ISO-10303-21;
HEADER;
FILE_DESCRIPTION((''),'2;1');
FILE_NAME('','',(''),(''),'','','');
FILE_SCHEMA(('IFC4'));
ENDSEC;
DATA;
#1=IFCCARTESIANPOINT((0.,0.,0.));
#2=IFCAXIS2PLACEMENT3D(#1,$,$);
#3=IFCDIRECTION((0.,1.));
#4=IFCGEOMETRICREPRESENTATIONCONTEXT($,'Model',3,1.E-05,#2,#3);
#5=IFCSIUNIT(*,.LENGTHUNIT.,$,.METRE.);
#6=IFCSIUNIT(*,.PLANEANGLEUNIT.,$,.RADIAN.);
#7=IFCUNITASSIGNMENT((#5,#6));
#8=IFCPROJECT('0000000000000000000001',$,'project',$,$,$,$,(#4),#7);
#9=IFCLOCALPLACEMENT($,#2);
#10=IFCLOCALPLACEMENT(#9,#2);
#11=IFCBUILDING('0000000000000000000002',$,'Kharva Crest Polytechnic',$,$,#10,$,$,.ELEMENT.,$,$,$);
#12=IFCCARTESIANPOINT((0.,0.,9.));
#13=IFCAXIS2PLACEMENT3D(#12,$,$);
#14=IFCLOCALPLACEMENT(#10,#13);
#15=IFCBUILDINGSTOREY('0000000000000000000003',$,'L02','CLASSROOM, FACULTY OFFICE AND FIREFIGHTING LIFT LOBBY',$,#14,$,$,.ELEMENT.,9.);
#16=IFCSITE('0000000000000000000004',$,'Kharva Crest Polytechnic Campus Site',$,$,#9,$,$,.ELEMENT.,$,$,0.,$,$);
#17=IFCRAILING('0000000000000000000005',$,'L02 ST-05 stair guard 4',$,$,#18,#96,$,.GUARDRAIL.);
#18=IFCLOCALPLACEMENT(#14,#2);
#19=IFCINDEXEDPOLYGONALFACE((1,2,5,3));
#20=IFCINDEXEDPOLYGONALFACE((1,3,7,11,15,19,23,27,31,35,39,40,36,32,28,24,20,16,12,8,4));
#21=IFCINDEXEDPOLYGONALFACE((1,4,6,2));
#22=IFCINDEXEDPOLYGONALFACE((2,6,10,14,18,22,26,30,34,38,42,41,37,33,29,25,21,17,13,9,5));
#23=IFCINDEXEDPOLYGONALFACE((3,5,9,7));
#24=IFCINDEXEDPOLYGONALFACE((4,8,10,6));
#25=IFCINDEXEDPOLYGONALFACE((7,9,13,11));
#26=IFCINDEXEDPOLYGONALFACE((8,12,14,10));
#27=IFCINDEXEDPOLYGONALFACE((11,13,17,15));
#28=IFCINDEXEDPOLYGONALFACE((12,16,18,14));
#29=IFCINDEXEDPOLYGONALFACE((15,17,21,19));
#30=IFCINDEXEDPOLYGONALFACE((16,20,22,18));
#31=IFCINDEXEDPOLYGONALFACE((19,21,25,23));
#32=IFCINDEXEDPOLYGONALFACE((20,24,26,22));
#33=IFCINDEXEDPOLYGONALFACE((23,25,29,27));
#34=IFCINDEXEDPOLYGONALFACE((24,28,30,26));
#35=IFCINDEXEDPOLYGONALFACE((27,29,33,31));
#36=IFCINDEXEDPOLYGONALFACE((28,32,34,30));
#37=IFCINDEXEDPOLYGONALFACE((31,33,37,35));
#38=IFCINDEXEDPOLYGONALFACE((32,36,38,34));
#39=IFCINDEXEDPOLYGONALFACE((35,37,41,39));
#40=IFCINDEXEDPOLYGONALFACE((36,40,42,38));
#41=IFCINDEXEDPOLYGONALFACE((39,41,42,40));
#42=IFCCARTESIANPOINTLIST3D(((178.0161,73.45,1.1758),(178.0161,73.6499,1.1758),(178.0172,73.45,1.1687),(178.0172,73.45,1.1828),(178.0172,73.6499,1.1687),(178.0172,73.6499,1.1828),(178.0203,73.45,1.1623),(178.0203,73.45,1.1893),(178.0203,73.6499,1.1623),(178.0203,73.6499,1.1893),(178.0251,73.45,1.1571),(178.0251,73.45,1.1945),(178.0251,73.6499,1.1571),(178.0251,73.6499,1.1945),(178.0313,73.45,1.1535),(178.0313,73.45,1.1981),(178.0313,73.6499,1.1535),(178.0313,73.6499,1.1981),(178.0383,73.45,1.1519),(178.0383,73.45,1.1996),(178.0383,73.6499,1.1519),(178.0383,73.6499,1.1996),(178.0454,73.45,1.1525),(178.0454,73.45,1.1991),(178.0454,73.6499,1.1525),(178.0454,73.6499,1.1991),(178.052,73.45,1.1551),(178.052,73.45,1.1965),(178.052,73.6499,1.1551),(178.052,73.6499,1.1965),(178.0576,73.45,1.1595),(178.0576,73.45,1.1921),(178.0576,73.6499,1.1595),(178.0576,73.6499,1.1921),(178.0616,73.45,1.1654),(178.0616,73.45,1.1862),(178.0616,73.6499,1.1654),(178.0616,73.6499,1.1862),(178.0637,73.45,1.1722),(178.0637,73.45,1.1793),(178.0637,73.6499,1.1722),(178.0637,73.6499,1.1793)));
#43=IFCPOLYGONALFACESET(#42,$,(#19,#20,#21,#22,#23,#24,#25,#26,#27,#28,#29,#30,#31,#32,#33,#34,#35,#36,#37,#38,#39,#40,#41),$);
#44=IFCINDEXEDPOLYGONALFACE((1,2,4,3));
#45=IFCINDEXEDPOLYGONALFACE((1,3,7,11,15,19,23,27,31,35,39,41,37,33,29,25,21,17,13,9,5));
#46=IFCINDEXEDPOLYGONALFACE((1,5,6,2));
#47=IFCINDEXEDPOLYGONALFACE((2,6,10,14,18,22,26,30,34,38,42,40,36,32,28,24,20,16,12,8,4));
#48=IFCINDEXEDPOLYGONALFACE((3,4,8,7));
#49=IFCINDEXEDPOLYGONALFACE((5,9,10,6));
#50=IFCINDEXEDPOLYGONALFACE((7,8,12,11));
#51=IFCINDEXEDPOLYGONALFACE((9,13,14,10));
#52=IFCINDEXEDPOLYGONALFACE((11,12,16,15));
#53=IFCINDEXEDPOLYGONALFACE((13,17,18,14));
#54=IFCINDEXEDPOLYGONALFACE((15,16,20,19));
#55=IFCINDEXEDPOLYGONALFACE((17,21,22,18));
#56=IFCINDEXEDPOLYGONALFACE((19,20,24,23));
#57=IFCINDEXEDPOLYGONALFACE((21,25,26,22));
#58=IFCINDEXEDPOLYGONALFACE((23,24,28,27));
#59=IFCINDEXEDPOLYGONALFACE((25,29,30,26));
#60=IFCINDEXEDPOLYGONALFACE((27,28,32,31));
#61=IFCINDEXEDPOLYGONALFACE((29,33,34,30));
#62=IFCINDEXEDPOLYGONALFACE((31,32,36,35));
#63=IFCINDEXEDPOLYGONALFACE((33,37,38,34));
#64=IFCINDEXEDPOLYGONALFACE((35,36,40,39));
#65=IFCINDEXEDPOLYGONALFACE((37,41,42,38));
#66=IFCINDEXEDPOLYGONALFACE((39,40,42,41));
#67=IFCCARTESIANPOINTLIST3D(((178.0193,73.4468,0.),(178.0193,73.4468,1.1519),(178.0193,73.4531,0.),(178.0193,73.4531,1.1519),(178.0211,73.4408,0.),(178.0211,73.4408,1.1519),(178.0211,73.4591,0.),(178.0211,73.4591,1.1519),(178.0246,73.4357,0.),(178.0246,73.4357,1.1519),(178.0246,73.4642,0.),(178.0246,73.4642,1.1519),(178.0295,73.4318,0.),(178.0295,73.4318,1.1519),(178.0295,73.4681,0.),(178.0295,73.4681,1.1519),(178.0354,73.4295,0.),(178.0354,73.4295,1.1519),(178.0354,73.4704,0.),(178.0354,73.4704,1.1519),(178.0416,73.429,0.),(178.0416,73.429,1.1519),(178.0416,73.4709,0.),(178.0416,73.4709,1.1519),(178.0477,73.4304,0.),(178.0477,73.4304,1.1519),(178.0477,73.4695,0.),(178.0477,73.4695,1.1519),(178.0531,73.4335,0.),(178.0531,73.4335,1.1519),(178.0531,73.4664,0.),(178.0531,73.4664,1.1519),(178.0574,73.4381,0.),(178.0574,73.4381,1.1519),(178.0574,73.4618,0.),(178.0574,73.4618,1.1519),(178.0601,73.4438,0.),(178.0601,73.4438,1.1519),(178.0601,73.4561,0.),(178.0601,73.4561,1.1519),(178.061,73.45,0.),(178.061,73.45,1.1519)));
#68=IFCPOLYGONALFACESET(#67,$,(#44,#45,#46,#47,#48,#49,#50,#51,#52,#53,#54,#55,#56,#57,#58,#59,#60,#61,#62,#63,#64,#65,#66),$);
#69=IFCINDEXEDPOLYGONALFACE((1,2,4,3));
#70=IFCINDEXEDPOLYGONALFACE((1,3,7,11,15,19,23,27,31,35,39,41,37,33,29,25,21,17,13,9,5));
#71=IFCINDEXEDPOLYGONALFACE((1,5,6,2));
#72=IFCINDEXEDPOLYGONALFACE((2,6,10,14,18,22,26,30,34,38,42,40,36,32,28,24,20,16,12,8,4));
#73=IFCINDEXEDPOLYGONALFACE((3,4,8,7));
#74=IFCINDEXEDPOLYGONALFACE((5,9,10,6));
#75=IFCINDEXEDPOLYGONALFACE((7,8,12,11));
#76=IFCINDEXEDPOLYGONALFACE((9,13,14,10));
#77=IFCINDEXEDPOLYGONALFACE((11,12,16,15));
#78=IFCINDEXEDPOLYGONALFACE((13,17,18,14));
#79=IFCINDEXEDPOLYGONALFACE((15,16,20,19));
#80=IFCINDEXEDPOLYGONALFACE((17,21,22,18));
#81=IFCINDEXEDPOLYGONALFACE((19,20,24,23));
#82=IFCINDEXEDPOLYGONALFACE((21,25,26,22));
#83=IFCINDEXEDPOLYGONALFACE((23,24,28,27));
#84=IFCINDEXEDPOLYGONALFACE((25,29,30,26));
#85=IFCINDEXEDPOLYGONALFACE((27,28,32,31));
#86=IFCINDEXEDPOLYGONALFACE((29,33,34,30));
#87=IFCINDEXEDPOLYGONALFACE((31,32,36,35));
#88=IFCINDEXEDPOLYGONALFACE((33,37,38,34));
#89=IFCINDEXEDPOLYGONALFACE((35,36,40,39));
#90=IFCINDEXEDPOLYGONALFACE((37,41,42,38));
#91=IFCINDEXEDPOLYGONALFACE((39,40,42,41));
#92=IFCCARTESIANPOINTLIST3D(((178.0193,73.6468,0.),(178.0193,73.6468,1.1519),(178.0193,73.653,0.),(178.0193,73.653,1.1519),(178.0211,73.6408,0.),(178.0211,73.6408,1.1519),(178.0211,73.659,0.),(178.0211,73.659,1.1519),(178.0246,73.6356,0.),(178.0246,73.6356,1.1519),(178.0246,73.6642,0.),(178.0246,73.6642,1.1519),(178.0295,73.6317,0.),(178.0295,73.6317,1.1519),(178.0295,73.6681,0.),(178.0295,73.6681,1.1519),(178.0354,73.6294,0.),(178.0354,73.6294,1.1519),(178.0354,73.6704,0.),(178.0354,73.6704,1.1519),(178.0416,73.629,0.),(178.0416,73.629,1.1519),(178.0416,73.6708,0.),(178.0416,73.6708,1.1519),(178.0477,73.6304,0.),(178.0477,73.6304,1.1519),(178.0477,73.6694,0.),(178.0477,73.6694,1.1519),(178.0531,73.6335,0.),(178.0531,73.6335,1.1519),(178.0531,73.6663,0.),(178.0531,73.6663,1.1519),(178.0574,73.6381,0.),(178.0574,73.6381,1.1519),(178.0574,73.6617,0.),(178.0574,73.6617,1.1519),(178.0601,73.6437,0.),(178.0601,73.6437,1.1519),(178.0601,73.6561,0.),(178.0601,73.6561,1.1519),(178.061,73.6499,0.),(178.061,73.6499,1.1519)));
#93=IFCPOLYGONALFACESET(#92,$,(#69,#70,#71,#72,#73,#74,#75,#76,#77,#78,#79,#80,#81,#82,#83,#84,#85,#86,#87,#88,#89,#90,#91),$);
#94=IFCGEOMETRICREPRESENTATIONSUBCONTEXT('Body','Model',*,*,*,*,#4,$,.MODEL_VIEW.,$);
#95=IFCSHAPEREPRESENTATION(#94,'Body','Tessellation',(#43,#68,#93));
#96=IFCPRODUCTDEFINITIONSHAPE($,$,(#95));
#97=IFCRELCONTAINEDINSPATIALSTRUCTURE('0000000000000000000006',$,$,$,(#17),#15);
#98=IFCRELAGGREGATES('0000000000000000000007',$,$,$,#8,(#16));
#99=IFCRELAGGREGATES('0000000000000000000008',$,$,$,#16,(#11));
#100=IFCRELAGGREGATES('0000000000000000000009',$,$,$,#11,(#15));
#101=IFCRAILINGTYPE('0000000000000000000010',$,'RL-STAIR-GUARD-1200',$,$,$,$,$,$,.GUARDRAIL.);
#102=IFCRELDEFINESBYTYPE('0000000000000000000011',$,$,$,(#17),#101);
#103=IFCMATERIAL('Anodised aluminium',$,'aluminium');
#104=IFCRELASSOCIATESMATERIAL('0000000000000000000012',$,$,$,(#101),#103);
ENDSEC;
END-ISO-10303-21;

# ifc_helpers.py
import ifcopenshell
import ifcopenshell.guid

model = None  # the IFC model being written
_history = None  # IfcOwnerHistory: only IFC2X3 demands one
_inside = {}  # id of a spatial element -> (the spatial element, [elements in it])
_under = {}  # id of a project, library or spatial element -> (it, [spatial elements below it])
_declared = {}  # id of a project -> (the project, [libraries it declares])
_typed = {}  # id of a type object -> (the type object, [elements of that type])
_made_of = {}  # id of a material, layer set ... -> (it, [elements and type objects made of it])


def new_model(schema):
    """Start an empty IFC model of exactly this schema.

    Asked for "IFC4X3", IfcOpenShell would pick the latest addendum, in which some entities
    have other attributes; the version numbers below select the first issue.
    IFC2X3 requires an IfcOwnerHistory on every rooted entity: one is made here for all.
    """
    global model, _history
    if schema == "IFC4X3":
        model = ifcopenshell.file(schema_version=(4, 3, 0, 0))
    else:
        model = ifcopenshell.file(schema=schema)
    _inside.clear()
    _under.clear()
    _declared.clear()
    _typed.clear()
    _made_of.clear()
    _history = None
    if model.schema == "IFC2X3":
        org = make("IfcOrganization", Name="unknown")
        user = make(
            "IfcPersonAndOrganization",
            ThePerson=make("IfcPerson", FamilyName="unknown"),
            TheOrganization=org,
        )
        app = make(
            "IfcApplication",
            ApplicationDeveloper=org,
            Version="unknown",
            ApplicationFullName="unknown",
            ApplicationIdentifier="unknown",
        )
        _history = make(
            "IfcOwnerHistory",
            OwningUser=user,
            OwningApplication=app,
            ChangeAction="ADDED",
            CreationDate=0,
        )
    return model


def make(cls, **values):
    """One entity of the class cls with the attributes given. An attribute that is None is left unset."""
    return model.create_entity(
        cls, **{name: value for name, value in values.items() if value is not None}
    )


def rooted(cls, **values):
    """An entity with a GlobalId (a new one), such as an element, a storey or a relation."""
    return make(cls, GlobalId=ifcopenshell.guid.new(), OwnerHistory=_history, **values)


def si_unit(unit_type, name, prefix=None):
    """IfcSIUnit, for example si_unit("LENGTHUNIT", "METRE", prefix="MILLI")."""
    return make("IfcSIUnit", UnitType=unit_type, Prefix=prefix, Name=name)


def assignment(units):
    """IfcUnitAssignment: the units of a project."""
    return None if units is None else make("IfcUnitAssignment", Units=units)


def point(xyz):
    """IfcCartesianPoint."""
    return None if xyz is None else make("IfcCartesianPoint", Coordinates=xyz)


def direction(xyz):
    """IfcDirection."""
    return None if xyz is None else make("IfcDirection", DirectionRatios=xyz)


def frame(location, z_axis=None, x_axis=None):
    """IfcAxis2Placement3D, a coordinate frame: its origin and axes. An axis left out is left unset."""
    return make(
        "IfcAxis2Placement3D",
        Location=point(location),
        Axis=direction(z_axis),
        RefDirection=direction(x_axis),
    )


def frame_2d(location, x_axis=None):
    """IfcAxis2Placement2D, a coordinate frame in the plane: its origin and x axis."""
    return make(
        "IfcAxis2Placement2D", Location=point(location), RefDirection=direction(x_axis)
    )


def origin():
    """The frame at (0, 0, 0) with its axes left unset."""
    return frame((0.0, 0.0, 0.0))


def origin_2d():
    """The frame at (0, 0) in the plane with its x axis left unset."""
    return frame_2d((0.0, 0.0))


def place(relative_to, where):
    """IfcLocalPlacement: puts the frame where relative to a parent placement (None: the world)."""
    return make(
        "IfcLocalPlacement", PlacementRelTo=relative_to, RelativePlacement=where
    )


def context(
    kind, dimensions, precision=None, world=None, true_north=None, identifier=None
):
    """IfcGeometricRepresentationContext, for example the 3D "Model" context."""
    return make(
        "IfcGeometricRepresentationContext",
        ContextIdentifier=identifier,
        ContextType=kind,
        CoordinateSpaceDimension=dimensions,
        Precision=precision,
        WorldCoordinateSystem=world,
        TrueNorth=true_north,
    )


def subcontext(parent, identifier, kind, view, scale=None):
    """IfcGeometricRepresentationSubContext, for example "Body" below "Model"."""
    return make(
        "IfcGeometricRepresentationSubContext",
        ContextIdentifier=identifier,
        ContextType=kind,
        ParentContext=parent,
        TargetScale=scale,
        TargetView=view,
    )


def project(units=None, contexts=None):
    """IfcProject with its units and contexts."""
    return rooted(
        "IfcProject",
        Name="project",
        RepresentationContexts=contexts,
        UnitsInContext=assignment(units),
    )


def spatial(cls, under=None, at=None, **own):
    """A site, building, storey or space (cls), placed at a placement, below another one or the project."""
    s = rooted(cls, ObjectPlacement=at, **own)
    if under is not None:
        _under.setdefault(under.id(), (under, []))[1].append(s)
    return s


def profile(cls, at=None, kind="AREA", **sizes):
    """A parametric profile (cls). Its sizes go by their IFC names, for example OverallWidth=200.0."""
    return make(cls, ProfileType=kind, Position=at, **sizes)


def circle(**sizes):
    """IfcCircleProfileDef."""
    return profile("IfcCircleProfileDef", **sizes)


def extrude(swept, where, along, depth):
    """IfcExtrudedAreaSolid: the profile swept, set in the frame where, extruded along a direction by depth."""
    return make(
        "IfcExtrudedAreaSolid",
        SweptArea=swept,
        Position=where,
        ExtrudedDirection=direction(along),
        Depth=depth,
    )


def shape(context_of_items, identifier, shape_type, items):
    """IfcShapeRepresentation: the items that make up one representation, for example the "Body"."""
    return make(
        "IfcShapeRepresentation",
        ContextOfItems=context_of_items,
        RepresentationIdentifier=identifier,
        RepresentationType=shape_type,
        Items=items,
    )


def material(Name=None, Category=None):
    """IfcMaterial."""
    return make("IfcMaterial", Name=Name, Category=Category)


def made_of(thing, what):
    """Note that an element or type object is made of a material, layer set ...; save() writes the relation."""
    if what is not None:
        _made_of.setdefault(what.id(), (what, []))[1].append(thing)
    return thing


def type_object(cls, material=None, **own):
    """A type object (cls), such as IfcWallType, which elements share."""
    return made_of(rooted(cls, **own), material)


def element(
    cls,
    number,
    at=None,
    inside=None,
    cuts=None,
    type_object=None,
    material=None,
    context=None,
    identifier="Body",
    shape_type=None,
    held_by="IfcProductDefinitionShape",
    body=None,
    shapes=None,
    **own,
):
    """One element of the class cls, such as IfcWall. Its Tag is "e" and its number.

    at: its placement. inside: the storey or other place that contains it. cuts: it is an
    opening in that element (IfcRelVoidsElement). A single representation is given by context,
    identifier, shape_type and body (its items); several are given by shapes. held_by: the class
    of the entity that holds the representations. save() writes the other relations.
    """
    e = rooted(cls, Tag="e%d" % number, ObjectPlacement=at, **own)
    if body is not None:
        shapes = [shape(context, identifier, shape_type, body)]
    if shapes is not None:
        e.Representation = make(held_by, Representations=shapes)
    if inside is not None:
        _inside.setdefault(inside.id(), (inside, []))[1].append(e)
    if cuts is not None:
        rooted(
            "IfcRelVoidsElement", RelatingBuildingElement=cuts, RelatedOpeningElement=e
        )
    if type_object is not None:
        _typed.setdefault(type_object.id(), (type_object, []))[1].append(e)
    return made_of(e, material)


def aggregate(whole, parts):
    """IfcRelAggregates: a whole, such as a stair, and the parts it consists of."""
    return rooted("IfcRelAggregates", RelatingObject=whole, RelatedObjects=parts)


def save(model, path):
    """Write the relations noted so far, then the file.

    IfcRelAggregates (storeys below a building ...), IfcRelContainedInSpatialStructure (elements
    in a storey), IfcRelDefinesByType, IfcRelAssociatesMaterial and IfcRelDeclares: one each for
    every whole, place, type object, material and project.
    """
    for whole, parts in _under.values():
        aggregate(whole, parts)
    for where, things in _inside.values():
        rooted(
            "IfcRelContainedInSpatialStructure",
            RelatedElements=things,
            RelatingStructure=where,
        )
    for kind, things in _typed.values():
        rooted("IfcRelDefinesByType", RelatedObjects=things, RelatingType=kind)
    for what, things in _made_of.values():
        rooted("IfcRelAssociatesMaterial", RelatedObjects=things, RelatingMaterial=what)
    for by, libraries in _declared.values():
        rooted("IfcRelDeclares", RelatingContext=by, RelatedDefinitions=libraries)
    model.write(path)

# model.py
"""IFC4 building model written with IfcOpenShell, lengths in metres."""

from ifc_helpers import new_model, si_unit, direction, frame, origin, origin_2d, place, context, subcontext, project, spatial, circle, extrude, material, type_object, element, save


model = new_model("IFC4")

# Units and contexts
model_context = context("Model", 3, precision=1e-05, world=origin(), true_north=direction((0.0, 1.0)))
body_context = subcontext(model_context, "Body", "Model", "MODEL_VIEW")
ifc_project = project(units=[si_unit("LENGTHUNIT", "METRE"), si_unit("PLANEANGLEUNIT", "RADIAN")], contexts=[model_context])

# Site, building, storey
site_placement = place(None, origin())
site = spatial("IfcSite", under=ifc_project, at=site_placement, Name="Kharva Crest Polytechnic Campus Site", CompositionType="ELEMENT", RefElevation=0.0)
building_placement = place(site_placement, origin())
building = spatial("IfcBuilding", under=site, at=building_placement, Name="Kharva Crest Polytechnic", CompositionType="ELEMENT")
storey_placement = place(building_placement, frame((0.0, 0.0, 9.0)))
storey = spatial("IfcBuildingStorey", under=building, at=storey_placement, Name="L02", Description="CLASSROOM, FACULTY OFFICE AND FIREFIGHTING LIFT LOBBY", CompositionType="ELEMENT", Elevation=9.0)

# Railing
ifc_material_1 = material(Name="Anodised aluminium", Category="aluminium")
railing_type_1 = type_object("IfcRailingType", Name="RL-STAIR-GUARD-1200", PredefinedType="GUARDRAIL", material=ifc_material_1)
railing_1_placement = place(storey_placement, frame((178.04, 73.45, 0.0)))
element("IfcRailing", 1, at=railing_1_placement, inside=storey, type_object=railing_type_1, Name="L02 ST-05 stair guard 4", PredefinedType="GUARDRAIL", context=body_context, shape_type="SweptSolid", body=[
    extrude(circle(Radius=0.0239, at=origin_2d()), frame((0.0, 0.0, 1.1758), z_axis=(0.0, 1.0, 0.0), x_axis=(-1.0, 0.0, 0.0)), (0.0, 0.0, 1.0), 0.2),
    extrude(circle(Radius=0.021, at=origin_2d()), origin(), (0.0, 0.0, 1.0), 1.1519),
    extrude(circle(Radius=0.021, at=origin_2d()), frame((0.0, 0.2, 0.0)), (0.0, 0.0, 1.0), 1.1519),
])

save(model, "model.ifc")
